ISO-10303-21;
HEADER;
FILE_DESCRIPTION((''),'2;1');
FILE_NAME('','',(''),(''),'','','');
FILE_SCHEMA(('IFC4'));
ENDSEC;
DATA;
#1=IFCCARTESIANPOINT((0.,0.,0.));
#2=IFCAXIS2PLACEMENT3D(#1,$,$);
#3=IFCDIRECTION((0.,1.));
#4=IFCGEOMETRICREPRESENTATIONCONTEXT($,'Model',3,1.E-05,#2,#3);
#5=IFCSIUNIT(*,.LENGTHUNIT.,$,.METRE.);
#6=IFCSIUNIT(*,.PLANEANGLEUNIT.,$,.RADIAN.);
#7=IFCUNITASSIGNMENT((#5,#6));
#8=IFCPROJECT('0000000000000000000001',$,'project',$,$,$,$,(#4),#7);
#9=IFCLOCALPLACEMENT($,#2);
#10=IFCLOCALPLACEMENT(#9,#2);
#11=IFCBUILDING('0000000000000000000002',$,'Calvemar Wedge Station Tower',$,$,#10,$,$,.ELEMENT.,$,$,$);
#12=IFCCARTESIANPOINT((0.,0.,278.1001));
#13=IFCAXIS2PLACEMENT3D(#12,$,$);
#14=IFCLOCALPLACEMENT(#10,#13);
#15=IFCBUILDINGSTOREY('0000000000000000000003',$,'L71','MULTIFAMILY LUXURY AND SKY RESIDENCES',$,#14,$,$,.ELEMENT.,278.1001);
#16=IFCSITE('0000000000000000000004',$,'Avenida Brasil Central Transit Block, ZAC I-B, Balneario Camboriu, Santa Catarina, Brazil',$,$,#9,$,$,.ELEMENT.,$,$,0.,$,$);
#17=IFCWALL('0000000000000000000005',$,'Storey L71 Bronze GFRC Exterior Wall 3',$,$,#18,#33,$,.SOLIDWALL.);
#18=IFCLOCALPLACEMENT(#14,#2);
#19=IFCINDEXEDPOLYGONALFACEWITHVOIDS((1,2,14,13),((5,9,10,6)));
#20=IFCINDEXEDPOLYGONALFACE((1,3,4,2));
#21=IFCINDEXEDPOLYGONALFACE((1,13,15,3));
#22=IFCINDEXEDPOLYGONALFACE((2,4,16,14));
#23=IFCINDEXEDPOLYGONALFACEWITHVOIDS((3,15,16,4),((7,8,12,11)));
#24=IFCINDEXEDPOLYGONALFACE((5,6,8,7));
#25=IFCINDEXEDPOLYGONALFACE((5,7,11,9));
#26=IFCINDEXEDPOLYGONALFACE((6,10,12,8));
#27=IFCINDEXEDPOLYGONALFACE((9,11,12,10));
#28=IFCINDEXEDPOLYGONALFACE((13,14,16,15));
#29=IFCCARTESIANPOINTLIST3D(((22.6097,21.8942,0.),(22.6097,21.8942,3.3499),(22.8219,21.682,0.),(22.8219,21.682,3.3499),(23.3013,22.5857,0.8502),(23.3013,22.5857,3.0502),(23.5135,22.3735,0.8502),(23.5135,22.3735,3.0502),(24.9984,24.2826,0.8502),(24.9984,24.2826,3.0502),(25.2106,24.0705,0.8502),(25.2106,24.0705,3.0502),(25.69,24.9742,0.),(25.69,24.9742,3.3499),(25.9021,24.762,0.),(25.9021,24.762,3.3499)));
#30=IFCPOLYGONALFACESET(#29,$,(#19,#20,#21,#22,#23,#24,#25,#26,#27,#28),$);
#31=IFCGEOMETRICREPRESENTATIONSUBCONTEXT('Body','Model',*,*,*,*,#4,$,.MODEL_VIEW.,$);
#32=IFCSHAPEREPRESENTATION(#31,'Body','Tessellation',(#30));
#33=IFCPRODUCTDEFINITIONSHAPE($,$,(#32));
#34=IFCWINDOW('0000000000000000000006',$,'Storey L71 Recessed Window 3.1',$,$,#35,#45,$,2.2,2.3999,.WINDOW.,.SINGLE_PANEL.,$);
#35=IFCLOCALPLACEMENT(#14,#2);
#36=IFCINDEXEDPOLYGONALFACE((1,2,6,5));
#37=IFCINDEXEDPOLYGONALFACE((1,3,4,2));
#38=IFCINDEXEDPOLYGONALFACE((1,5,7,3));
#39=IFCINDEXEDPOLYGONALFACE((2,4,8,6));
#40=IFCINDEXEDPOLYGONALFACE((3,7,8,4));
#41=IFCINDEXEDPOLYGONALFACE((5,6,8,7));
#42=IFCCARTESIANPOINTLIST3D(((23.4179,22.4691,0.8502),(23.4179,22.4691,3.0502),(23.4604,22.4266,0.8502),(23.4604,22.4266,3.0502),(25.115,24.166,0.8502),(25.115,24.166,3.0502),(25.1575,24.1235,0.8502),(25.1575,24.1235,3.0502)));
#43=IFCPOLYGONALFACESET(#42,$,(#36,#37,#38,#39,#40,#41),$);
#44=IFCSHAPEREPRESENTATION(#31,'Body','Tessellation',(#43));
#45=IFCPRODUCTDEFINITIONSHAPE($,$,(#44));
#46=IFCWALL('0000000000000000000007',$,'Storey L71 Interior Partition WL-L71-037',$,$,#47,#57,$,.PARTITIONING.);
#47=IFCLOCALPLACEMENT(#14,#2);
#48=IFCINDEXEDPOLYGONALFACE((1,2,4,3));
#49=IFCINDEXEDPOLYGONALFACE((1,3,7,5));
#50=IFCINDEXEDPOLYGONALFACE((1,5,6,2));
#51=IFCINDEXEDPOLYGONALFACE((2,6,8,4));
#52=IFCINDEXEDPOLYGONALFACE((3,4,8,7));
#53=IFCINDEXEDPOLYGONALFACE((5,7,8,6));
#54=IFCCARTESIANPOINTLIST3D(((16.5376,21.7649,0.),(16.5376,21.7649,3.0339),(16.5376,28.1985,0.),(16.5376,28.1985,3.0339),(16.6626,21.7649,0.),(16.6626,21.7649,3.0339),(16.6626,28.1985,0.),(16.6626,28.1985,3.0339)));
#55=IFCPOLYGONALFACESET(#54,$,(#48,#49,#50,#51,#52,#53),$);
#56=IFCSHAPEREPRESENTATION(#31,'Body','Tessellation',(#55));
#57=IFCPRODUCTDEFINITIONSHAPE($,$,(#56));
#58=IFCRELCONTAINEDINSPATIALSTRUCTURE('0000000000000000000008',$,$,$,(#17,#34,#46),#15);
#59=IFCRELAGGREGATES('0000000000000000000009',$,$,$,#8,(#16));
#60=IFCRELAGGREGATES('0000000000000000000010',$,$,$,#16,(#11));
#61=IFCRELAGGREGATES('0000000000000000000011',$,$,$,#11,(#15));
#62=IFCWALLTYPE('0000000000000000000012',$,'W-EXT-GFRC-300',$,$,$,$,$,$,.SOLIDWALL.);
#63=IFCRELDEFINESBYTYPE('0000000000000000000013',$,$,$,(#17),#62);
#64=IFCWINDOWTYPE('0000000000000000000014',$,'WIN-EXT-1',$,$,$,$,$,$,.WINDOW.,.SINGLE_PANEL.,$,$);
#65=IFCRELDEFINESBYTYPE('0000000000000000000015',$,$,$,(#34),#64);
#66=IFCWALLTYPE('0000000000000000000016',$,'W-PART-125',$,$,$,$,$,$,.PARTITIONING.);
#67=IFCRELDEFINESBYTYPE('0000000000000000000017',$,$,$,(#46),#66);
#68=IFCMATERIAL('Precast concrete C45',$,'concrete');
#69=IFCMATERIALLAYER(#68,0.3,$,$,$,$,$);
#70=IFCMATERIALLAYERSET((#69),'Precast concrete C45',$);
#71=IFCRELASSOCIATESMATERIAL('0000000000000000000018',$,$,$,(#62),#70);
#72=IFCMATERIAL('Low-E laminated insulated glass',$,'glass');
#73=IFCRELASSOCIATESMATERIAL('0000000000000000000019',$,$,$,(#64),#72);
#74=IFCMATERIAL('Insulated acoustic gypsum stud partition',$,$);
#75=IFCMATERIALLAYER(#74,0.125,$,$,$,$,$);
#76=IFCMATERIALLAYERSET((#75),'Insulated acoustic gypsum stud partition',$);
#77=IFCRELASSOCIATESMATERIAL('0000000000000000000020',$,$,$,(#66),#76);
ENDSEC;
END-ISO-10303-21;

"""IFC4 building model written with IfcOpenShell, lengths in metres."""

from ifc_helpers import new_model, si_unit, direction, frame, frame_2d, origin, place, context, subcontext, project, spatial, rectangle, extrude, source, transform, mapped, material, layer, layer_set, type_object, element, fill, save


model = new_model("IFC4")

# Units and contexts
model_context = context("Model", 3, precision=1e-05, world=origin(), true_north=direction((0.0, 1.0)))
body_context = subcontext(model_context, "Body", "Model", "MODEL_VIEW")
ifc_project = project(units=[si_unit("LENGTHUNIT", "METRE"), si_unit("PLANEANGLEUNIT", "RADIAN")], contexts=[model_context])

# Site, building, storey
site_placement = place(None, origin())
site = spatial("IfcSite", under=ifc_project, at=site_placement, Name="Avenida Brasil Central Transit Block, ZAC I-B, Balneario Camboriu, Santa Catarina, Brazil", CompositionType="ELEMENT", RefElevation=0.0)
building_placement = place(site_placement, origin())
building = spatial("IfcBuilding", under=site, at=building_placement, Name="Calvemar Wedge Station Tower", CompositionType="ELEMENT")
storey_placement = place(building_placement, frame((0.0, 0.0, 278.1001)))
storey = spatial("IfcBuildingStorey", under=building, at=storey_placement, Name="L71", Description="MULTIFAMILY LUXURY AND SKY RESIDENCES", CompositionType="ELEMENT", Elevation=278.1001)

# Wall, opening, window
ifc_material_1 = material(Name="Precast concrete C45", Category="concrete")
ifc_layer_1 = layer(ifc_material_1, 0.3)
ifc_layer_set_1 = layer_set([ifc_layer_1], Name="Precast concrete C45")
wall_type_1 = type_object("IfcWallType", Name="W-EXT-GFRC-300", PredefinedType="SOLIDWALL", material=ifc_layer_set_1)
wall_1_placement = place(storey_placement, frame((22.7158, 21.7881, 0.0), z_axis=(0.0, 0.0, 1.0), x_axis=(0.707135, 0.707079, 0.0)))
wall_1 = element("IfcWall", 1, at=wall_1_placement, inside=storey, type_object=wall_type_1, Name="Storey L71 Bronze GFRC Exterior Wall 3", PredefinedType="SOLIDWALL", context=body_context, shape_type="SweptSolid", body=[
    extrude(rectangle(XDim=4.356, YDim=0.3, at=frame_2d((2.178, 0.0))), origin(), (0.0, 0.0, 1.0), 3.3499),
])
shared_shape_1 = source(origin(), body_context, "Body", "SweptSolid", [
    extrude(rectangle(XDim=2.3999, YDim=2.2, at=frame_2d((1.2, 1.1001))), frame((0.0, 0.1602, 0.0), z_axis=(0.0, -1.0, 0.0), x_axis=(1.0, 0.0, 0.0)), (0.0, 0.0, 1.0), 0.3201),
])
opening_1_placement = place(wall_1_placement, frame((0.978, 0.0, 0.8501)))
opening_1 = element("IfcOpeningElement", 2, at=opening_1_placement, cuts=wall_1, PredefinedType="OPENING", context=body_context, shape_type="MappedRepresentation", body=[
    mapped(shared_shape_1, transform((0.0, 0.0, 0.0), scale=1.0)),
])
ifc_material_2 = material(Name="Low-E laminated insulated glass", Category="glass")
window_type = type_object("IfcWindowType", Name="WIN-EXT-1", PartitioningType="SINGLE_PANEL", PredefinedType="WINDOW", material=ifc_material_2)
shared_shape_2 = source(origin(), body_context, "Body", "SweptSolid", [
    extrude(rectangle(XDim=2.3999, YDim=2.2, at=frame_2d((1.2, 1.1001))), frame((0.0, -0.0149, 0.0), z_axis=(0.0, -1.0, 0.0), x_axis=(1.0, 0.0, 0.0)), (0.0, 0.0, 1.0), 0.0601),
])
window_placement = place(opening_1_placement, origin())
window = element("IfcWindow", 3, at=window_placement, inside=storey, type_object=window_type, Name="Storey L71 Recessed Window 3.1", OverallHeight=2.2, OverallWidth=2.3999, PartitioningType="SINGLE_PANEL", PredefinedType="WINDOW", context=body_context, shape_type="MappedRepresentation", body=[
    mapped(shared_shape_2, transform((0.0, 0.0, 0.0), scale=1.0)),
])
fill(opening_1, window)

# Wall
ifc_material_3 = material(Name="Insulated acoustic gypsum stud partition")
ifc_layer_2 = layer(ifc_material_3, 0.125)
ifc_layer_set_2 = layer_set([ifc_layer_2], Name="Insulated acoustic gypsum stud partition")
wall_type_2 = type_object("IfcWallType", Name="W-PART-125", PredefinedType="PARTITIONING", material=ifc_layer_set_2)
wall_2_placement = place(storey_placement, frame((16.6001, 28.1985, 0.0), z_axis=(0.0, 0.0, 1.0), x_axis=(0.0, -1.0, 0.0)))
element("IfcWall", 4, at=wall_2_placement, inside=storey, type_object=wall_type_2, Name="Storey L71 Interior Partition WL-L71-037", PredefinedType="PARTITIONING", context=body_context, shape_type="SweptSolid", body=[
    extrude(rectangle(XDim=6.4336, YDim=0.125, at=frame_2d((3.2168, 0.0))), origin(), (0.0, 0.0, 1.0), 3.0339),
])

save(model, "model.ifc")
